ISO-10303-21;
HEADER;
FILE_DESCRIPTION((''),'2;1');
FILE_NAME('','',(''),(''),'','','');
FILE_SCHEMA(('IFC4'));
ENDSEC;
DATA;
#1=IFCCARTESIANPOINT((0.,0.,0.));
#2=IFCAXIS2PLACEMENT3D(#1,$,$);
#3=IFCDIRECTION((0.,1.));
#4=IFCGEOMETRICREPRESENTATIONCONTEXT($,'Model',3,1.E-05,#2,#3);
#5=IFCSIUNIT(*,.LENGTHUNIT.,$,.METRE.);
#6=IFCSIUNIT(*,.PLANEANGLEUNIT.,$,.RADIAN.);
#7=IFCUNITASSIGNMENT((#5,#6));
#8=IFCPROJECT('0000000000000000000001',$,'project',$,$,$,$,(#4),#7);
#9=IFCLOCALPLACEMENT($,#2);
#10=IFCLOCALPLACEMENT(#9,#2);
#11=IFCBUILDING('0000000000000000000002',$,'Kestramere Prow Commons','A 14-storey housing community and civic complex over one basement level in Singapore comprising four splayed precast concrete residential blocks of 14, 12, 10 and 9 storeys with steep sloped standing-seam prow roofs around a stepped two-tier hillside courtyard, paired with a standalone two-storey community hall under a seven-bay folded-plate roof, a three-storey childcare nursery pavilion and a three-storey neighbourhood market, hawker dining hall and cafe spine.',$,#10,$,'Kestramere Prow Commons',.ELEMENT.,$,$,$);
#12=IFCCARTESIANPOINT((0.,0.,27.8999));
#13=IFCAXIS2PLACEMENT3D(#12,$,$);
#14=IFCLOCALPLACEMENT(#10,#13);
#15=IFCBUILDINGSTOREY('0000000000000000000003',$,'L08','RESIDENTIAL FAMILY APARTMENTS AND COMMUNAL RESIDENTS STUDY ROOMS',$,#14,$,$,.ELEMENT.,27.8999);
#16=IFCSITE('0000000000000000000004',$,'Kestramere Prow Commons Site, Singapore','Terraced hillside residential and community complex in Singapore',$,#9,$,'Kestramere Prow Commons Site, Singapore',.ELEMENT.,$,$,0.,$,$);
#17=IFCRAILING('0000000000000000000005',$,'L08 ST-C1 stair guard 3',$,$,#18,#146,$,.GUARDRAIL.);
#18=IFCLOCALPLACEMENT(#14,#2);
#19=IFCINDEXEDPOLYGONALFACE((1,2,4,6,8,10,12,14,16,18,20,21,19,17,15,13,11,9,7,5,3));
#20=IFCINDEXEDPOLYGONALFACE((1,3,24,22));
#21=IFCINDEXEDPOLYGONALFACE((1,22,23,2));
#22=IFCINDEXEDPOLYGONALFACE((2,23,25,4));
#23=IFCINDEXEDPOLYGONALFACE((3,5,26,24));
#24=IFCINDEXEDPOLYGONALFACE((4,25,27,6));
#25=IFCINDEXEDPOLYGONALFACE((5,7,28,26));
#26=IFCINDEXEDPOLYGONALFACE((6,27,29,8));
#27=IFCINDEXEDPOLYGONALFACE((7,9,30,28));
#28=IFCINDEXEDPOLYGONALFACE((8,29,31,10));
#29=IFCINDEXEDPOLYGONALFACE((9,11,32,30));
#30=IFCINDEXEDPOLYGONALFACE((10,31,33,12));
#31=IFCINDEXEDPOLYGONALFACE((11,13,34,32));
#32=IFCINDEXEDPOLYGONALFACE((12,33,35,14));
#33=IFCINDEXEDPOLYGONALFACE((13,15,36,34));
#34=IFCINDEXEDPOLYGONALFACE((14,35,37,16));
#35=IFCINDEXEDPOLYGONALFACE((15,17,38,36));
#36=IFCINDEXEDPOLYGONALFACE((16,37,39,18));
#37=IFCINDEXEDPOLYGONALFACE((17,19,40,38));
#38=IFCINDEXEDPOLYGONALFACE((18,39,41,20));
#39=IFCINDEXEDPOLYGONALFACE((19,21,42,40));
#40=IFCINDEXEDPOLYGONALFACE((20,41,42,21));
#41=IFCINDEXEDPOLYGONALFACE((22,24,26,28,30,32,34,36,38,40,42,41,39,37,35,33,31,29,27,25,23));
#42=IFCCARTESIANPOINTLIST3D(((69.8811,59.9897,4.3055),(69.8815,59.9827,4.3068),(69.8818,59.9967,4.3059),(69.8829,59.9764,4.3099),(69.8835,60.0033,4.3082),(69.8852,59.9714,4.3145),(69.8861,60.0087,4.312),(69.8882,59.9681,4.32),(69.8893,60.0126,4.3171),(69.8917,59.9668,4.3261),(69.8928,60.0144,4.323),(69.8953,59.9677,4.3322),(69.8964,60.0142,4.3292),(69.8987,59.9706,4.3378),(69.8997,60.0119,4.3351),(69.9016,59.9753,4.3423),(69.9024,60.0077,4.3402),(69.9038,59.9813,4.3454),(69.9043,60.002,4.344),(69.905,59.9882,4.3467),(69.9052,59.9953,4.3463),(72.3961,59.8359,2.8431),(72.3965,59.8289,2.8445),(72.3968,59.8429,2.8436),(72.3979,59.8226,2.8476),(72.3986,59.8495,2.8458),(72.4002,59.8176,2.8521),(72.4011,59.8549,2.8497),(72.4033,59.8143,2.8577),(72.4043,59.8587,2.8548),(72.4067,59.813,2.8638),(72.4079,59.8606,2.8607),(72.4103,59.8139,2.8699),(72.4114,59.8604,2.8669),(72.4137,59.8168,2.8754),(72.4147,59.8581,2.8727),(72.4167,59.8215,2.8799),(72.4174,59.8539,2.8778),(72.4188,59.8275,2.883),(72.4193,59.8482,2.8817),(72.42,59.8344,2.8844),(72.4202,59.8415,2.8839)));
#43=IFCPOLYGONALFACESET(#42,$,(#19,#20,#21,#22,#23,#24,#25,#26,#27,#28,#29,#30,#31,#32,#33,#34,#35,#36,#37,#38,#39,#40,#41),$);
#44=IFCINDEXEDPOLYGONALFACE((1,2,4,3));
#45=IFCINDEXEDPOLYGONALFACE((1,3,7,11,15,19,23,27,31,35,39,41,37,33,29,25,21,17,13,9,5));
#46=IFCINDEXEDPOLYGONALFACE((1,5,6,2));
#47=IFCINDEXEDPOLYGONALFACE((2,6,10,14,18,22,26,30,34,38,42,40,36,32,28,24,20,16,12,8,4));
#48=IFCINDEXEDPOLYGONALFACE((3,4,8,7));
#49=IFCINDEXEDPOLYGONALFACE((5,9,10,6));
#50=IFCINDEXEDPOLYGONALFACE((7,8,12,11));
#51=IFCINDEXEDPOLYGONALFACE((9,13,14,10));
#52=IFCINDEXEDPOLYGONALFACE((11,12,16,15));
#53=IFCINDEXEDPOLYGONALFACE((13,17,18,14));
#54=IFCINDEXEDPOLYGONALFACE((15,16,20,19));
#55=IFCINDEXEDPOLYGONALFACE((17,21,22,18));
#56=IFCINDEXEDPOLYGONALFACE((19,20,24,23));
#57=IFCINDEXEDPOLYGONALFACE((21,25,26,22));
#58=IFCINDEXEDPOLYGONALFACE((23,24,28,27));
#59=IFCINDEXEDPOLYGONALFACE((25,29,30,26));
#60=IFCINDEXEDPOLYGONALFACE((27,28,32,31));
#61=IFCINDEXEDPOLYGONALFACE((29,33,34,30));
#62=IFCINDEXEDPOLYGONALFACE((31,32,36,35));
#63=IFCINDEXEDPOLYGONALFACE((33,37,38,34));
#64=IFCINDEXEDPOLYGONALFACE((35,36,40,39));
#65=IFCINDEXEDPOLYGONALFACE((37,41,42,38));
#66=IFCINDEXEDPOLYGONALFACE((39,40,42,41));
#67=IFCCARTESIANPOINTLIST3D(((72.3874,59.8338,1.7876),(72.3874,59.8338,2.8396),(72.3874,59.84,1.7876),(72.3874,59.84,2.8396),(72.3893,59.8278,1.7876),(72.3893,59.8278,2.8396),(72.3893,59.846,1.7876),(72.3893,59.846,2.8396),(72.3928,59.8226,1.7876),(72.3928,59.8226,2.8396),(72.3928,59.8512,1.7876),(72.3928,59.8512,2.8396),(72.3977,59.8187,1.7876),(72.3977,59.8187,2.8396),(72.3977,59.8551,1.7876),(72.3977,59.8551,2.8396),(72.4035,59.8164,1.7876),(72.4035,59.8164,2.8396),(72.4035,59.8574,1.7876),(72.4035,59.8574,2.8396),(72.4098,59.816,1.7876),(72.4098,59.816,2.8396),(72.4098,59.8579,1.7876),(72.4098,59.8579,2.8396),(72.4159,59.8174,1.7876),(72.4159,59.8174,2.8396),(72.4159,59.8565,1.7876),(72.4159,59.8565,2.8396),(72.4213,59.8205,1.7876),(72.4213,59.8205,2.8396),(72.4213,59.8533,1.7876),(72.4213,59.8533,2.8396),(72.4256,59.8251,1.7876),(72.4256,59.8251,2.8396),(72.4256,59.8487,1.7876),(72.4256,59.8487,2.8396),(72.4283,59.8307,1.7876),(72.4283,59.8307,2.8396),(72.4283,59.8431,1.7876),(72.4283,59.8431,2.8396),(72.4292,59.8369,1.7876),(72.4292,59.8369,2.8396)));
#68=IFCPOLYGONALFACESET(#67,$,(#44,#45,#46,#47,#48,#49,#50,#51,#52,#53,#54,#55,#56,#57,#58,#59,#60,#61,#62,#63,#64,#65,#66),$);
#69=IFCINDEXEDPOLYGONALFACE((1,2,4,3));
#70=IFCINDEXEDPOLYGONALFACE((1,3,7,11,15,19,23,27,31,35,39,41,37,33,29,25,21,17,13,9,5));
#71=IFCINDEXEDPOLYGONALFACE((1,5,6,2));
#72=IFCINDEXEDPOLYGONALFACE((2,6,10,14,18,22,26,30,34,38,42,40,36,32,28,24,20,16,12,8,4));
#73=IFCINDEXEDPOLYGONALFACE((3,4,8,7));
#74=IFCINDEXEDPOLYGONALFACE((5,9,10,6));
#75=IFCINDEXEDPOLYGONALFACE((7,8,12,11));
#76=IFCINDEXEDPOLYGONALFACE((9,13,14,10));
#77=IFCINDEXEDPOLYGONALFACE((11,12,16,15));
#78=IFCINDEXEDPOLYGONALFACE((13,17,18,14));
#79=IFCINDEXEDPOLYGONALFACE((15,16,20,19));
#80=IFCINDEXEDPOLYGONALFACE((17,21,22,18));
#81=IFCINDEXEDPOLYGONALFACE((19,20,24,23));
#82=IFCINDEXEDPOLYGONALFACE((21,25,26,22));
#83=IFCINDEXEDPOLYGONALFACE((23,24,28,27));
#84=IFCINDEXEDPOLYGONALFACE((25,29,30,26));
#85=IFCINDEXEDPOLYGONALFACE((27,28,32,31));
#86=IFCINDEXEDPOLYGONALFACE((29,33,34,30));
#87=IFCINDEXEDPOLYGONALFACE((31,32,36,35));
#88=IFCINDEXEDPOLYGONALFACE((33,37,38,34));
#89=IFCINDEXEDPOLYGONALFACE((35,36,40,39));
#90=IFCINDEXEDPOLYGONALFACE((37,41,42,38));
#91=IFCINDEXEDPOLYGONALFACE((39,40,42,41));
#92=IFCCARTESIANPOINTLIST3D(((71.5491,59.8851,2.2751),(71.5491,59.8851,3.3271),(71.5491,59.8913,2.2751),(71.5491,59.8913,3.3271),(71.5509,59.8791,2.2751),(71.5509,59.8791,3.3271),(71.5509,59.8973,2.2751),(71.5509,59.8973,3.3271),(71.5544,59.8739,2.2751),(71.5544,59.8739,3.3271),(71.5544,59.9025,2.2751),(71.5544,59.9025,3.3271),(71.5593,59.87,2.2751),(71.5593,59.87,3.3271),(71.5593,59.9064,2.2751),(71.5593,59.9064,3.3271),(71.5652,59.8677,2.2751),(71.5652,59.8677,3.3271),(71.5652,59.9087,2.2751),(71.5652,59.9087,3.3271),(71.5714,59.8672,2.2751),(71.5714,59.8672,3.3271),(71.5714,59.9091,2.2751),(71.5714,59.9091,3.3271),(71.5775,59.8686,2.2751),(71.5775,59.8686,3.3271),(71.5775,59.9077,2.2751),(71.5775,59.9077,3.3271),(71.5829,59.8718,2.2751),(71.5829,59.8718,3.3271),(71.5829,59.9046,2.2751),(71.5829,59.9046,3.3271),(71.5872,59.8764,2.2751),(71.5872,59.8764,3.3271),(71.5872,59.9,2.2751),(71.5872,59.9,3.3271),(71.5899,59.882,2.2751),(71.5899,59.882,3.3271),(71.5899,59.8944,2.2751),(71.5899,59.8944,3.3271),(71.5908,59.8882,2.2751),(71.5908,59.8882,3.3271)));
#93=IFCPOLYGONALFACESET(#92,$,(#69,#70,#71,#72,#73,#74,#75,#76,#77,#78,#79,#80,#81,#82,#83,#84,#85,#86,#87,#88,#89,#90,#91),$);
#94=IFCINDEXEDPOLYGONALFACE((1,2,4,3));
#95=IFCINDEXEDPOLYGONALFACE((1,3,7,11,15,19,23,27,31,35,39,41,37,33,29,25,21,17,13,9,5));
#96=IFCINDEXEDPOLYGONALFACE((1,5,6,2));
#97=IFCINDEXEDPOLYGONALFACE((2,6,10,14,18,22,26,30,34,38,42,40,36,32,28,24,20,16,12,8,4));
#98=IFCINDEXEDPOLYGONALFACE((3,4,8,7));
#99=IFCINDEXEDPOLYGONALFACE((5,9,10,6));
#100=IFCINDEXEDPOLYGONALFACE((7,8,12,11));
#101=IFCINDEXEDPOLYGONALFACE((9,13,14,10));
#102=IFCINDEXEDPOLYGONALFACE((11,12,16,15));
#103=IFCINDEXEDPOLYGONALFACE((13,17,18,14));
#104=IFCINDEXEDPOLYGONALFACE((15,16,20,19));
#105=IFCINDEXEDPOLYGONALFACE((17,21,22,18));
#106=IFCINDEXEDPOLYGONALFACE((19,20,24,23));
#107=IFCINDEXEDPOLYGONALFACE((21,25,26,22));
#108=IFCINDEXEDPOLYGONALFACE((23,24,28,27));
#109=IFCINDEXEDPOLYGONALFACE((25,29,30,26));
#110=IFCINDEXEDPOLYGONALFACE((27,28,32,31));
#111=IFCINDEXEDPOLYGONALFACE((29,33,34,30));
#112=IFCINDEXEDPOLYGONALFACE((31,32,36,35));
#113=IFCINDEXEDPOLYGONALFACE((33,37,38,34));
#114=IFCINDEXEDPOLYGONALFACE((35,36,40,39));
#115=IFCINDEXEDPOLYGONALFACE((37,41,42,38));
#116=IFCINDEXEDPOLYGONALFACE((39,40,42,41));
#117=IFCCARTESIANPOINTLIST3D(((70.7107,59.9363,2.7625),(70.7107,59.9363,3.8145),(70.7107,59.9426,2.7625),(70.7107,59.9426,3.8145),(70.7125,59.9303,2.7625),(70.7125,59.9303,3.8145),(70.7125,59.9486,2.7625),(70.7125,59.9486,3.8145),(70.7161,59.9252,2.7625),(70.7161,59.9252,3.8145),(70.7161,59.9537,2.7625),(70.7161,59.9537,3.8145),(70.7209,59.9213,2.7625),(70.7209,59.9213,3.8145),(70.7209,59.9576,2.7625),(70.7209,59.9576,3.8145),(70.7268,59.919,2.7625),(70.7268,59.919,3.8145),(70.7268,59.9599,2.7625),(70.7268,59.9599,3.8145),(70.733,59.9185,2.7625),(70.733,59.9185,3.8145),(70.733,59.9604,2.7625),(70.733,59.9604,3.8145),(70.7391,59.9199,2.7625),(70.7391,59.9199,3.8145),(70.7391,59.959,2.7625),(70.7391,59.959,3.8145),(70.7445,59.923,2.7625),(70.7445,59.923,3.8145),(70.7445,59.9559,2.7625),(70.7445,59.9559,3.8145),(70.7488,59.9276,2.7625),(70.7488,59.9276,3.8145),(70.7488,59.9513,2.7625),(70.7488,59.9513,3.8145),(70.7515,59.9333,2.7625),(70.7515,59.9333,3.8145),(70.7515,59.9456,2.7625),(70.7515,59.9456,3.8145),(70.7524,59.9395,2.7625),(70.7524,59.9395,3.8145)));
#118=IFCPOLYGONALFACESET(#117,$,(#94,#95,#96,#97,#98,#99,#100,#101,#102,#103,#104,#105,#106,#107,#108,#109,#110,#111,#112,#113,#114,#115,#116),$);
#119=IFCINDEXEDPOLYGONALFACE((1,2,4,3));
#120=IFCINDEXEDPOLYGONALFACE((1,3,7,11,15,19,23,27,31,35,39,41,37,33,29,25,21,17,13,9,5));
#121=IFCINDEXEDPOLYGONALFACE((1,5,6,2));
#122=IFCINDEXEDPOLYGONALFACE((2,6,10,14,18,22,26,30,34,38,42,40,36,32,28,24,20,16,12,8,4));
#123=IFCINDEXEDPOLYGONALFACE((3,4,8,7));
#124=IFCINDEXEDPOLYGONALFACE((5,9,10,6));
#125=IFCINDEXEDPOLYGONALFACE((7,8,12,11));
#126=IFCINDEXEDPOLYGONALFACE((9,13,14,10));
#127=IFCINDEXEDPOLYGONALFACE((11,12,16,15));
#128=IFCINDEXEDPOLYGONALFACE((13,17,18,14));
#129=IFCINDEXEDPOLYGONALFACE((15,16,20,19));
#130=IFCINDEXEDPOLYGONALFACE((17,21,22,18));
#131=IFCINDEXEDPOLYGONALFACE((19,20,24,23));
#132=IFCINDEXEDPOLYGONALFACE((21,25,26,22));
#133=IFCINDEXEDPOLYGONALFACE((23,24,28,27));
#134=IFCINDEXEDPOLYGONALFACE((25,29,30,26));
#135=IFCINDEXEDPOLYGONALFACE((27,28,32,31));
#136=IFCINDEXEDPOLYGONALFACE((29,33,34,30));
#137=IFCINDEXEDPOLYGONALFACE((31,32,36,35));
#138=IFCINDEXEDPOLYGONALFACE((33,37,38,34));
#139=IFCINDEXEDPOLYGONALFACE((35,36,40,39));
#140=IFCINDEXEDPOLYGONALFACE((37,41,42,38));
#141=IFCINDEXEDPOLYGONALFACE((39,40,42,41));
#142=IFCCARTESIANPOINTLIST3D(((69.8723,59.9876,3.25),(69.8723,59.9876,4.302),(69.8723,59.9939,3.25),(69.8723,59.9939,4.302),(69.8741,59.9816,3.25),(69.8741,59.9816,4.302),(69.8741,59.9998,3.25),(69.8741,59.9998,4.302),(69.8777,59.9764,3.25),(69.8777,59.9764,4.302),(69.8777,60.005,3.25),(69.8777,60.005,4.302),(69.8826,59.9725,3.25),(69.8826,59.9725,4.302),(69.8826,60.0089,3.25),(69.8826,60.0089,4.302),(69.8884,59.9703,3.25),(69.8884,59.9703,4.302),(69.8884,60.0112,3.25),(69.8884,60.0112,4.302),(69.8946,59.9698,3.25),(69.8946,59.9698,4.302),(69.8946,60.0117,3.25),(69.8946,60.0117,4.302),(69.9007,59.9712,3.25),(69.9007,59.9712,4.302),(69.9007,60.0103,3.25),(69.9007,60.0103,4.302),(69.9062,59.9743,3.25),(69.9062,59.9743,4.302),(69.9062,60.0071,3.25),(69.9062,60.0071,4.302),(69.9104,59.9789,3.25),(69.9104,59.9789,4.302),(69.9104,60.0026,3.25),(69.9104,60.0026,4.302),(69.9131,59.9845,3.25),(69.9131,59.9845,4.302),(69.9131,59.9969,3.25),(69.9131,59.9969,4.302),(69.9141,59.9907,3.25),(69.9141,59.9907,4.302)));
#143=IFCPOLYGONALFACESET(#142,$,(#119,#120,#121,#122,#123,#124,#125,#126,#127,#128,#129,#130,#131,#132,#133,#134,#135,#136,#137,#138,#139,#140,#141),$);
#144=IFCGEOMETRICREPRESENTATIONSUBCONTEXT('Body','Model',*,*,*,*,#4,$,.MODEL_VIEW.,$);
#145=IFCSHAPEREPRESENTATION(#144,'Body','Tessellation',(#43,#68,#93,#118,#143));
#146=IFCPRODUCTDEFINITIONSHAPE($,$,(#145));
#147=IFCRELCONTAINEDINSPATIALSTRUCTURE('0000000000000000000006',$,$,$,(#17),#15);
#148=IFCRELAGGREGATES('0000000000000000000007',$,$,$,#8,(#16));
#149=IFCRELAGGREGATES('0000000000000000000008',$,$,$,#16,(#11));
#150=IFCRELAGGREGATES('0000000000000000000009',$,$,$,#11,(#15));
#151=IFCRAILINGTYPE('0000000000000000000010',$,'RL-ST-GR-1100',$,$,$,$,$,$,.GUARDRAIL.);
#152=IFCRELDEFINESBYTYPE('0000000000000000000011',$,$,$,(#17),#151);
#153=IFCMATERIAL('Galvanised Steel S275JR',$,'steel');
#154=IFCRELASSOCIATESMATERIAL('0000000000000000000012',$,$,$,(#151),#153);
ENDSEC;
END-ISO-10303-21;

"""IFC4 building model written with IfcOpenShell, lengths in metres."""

from ifc_helpers import new_model, si_unit, direction, frame, origin, origin_2d, place, context, subcontext, project, spatial, circle, extrude, material, type_object, element, save


model = new_model("IFC4")

# Units and contexts
model_context = context("Model", 3, precision=1e-05, world=origin(), true_north=direction((0.0, 1.0)))
body_context = subcontext(model_context, "Body", "Model", "MODEL_VIEW")
ifc_project = project(units=[si_unit("LENGTHUNIT", "METRE"), si_unit("PLANEANGLEUNIT", "RADIAN")], contexts=[model_context])

# Site, building, storey
site_placement = place(None, origin())
site = spatial("IfcSite", under=ifc_project, at=site_placement, Name="Kestramere Prow Commons Site, Singapore", Description="Terraced hillside residential and community complex in Singapore", LongName="Kestramere Prow Commons Site, Singapore", CompositionType="ELEMENT", RefElevation=0.0)
building_placement = place(site_placement, origin())
building = spatial("IfcBuilding", under=site, at=building_placement, Name="Kestramere Prow Commons", Description="A 14-storey housing community and civic complex over one basement level in Singapore comprising four splayed precast concrete residential blocks of 14, 12, 10 and 9 storeys with steep sloped standing-seam prow roofs around a stepped two-tier hillside courtyard, paired with a standalone two-storey community hall under a seven-bay folded-plate roof, a three-storey childcare nursery pavilion and a three-storey neighbourhood market, hawker dining hall and cafe spine.", LongName="Kestramere Prow Commons", CompositionType="ELEMENT")
storey_placement = place(building_placement, frame((0.0, 0.0, 27.8999)))
storey = spatial("IfcBuildingStorey", under=building, at=storey_placement, Name="L08", Description="RESIDENTIAL FAMILY APARTMENTS AND COMMUNAL RESIDENTS STUDY ROOMS", CompositionType="ELEMENT", Elevation=27.8999)

# Railing
ifc_material_1 = material(Name="Galvanised Steel S275JR", Category="steel")
railing_type_1 = type_object("IfcRailingType", Name="RL-ST-GR-1100", PredefinedType="GUARDRAIL", material=ifc_material_1)
railing_1_placement = place(storey_placement, frame((72.4082, 59.8369, 1.7876)))
element("IfcRailing", 1, at=railing_1_placement, inside=storey, type_object=railing_type_1, Name="L08 ST-C1 stair guard 3", PredefinedType="GUARDRAIL", context=body_context, shape_type="SweptSolid", body=[
    extrude(circle(Radius=0.0239, at=origin_2d()), frame((0.0, 0.0, 1.0762), z_axis=(-0.863285, 0.052793, 0.501949), x_axis=(-0.061039, -0.998135, 0.0)), (0.0, 0.0, 1.0), 2.9133),
    extrude(circle(Radius=0.021, at=origin_2d()), origin(), (0.0, 0.0, 1.0), 1.052),
    extrude(circle(Radius=0.021, at=origin_2d()), frame((-0.8384, 0.0513, 0.4875)), (0.0, 0.0, 1.0), 1.052),
    extrude(circle(Radius=0.021, at=origin_2d()), frame((-1.6768, 0.1025, 0.9749)), (0.0, 0.0, 1.0), 1.052),
    extrude(circle(Radius=0.021, at=origin_2d()), frame((-2.5151, 0.1538, 1.4624)), (0.0, 0.0, 1.0), 1.052),
])

save(model, "model.ifc")
